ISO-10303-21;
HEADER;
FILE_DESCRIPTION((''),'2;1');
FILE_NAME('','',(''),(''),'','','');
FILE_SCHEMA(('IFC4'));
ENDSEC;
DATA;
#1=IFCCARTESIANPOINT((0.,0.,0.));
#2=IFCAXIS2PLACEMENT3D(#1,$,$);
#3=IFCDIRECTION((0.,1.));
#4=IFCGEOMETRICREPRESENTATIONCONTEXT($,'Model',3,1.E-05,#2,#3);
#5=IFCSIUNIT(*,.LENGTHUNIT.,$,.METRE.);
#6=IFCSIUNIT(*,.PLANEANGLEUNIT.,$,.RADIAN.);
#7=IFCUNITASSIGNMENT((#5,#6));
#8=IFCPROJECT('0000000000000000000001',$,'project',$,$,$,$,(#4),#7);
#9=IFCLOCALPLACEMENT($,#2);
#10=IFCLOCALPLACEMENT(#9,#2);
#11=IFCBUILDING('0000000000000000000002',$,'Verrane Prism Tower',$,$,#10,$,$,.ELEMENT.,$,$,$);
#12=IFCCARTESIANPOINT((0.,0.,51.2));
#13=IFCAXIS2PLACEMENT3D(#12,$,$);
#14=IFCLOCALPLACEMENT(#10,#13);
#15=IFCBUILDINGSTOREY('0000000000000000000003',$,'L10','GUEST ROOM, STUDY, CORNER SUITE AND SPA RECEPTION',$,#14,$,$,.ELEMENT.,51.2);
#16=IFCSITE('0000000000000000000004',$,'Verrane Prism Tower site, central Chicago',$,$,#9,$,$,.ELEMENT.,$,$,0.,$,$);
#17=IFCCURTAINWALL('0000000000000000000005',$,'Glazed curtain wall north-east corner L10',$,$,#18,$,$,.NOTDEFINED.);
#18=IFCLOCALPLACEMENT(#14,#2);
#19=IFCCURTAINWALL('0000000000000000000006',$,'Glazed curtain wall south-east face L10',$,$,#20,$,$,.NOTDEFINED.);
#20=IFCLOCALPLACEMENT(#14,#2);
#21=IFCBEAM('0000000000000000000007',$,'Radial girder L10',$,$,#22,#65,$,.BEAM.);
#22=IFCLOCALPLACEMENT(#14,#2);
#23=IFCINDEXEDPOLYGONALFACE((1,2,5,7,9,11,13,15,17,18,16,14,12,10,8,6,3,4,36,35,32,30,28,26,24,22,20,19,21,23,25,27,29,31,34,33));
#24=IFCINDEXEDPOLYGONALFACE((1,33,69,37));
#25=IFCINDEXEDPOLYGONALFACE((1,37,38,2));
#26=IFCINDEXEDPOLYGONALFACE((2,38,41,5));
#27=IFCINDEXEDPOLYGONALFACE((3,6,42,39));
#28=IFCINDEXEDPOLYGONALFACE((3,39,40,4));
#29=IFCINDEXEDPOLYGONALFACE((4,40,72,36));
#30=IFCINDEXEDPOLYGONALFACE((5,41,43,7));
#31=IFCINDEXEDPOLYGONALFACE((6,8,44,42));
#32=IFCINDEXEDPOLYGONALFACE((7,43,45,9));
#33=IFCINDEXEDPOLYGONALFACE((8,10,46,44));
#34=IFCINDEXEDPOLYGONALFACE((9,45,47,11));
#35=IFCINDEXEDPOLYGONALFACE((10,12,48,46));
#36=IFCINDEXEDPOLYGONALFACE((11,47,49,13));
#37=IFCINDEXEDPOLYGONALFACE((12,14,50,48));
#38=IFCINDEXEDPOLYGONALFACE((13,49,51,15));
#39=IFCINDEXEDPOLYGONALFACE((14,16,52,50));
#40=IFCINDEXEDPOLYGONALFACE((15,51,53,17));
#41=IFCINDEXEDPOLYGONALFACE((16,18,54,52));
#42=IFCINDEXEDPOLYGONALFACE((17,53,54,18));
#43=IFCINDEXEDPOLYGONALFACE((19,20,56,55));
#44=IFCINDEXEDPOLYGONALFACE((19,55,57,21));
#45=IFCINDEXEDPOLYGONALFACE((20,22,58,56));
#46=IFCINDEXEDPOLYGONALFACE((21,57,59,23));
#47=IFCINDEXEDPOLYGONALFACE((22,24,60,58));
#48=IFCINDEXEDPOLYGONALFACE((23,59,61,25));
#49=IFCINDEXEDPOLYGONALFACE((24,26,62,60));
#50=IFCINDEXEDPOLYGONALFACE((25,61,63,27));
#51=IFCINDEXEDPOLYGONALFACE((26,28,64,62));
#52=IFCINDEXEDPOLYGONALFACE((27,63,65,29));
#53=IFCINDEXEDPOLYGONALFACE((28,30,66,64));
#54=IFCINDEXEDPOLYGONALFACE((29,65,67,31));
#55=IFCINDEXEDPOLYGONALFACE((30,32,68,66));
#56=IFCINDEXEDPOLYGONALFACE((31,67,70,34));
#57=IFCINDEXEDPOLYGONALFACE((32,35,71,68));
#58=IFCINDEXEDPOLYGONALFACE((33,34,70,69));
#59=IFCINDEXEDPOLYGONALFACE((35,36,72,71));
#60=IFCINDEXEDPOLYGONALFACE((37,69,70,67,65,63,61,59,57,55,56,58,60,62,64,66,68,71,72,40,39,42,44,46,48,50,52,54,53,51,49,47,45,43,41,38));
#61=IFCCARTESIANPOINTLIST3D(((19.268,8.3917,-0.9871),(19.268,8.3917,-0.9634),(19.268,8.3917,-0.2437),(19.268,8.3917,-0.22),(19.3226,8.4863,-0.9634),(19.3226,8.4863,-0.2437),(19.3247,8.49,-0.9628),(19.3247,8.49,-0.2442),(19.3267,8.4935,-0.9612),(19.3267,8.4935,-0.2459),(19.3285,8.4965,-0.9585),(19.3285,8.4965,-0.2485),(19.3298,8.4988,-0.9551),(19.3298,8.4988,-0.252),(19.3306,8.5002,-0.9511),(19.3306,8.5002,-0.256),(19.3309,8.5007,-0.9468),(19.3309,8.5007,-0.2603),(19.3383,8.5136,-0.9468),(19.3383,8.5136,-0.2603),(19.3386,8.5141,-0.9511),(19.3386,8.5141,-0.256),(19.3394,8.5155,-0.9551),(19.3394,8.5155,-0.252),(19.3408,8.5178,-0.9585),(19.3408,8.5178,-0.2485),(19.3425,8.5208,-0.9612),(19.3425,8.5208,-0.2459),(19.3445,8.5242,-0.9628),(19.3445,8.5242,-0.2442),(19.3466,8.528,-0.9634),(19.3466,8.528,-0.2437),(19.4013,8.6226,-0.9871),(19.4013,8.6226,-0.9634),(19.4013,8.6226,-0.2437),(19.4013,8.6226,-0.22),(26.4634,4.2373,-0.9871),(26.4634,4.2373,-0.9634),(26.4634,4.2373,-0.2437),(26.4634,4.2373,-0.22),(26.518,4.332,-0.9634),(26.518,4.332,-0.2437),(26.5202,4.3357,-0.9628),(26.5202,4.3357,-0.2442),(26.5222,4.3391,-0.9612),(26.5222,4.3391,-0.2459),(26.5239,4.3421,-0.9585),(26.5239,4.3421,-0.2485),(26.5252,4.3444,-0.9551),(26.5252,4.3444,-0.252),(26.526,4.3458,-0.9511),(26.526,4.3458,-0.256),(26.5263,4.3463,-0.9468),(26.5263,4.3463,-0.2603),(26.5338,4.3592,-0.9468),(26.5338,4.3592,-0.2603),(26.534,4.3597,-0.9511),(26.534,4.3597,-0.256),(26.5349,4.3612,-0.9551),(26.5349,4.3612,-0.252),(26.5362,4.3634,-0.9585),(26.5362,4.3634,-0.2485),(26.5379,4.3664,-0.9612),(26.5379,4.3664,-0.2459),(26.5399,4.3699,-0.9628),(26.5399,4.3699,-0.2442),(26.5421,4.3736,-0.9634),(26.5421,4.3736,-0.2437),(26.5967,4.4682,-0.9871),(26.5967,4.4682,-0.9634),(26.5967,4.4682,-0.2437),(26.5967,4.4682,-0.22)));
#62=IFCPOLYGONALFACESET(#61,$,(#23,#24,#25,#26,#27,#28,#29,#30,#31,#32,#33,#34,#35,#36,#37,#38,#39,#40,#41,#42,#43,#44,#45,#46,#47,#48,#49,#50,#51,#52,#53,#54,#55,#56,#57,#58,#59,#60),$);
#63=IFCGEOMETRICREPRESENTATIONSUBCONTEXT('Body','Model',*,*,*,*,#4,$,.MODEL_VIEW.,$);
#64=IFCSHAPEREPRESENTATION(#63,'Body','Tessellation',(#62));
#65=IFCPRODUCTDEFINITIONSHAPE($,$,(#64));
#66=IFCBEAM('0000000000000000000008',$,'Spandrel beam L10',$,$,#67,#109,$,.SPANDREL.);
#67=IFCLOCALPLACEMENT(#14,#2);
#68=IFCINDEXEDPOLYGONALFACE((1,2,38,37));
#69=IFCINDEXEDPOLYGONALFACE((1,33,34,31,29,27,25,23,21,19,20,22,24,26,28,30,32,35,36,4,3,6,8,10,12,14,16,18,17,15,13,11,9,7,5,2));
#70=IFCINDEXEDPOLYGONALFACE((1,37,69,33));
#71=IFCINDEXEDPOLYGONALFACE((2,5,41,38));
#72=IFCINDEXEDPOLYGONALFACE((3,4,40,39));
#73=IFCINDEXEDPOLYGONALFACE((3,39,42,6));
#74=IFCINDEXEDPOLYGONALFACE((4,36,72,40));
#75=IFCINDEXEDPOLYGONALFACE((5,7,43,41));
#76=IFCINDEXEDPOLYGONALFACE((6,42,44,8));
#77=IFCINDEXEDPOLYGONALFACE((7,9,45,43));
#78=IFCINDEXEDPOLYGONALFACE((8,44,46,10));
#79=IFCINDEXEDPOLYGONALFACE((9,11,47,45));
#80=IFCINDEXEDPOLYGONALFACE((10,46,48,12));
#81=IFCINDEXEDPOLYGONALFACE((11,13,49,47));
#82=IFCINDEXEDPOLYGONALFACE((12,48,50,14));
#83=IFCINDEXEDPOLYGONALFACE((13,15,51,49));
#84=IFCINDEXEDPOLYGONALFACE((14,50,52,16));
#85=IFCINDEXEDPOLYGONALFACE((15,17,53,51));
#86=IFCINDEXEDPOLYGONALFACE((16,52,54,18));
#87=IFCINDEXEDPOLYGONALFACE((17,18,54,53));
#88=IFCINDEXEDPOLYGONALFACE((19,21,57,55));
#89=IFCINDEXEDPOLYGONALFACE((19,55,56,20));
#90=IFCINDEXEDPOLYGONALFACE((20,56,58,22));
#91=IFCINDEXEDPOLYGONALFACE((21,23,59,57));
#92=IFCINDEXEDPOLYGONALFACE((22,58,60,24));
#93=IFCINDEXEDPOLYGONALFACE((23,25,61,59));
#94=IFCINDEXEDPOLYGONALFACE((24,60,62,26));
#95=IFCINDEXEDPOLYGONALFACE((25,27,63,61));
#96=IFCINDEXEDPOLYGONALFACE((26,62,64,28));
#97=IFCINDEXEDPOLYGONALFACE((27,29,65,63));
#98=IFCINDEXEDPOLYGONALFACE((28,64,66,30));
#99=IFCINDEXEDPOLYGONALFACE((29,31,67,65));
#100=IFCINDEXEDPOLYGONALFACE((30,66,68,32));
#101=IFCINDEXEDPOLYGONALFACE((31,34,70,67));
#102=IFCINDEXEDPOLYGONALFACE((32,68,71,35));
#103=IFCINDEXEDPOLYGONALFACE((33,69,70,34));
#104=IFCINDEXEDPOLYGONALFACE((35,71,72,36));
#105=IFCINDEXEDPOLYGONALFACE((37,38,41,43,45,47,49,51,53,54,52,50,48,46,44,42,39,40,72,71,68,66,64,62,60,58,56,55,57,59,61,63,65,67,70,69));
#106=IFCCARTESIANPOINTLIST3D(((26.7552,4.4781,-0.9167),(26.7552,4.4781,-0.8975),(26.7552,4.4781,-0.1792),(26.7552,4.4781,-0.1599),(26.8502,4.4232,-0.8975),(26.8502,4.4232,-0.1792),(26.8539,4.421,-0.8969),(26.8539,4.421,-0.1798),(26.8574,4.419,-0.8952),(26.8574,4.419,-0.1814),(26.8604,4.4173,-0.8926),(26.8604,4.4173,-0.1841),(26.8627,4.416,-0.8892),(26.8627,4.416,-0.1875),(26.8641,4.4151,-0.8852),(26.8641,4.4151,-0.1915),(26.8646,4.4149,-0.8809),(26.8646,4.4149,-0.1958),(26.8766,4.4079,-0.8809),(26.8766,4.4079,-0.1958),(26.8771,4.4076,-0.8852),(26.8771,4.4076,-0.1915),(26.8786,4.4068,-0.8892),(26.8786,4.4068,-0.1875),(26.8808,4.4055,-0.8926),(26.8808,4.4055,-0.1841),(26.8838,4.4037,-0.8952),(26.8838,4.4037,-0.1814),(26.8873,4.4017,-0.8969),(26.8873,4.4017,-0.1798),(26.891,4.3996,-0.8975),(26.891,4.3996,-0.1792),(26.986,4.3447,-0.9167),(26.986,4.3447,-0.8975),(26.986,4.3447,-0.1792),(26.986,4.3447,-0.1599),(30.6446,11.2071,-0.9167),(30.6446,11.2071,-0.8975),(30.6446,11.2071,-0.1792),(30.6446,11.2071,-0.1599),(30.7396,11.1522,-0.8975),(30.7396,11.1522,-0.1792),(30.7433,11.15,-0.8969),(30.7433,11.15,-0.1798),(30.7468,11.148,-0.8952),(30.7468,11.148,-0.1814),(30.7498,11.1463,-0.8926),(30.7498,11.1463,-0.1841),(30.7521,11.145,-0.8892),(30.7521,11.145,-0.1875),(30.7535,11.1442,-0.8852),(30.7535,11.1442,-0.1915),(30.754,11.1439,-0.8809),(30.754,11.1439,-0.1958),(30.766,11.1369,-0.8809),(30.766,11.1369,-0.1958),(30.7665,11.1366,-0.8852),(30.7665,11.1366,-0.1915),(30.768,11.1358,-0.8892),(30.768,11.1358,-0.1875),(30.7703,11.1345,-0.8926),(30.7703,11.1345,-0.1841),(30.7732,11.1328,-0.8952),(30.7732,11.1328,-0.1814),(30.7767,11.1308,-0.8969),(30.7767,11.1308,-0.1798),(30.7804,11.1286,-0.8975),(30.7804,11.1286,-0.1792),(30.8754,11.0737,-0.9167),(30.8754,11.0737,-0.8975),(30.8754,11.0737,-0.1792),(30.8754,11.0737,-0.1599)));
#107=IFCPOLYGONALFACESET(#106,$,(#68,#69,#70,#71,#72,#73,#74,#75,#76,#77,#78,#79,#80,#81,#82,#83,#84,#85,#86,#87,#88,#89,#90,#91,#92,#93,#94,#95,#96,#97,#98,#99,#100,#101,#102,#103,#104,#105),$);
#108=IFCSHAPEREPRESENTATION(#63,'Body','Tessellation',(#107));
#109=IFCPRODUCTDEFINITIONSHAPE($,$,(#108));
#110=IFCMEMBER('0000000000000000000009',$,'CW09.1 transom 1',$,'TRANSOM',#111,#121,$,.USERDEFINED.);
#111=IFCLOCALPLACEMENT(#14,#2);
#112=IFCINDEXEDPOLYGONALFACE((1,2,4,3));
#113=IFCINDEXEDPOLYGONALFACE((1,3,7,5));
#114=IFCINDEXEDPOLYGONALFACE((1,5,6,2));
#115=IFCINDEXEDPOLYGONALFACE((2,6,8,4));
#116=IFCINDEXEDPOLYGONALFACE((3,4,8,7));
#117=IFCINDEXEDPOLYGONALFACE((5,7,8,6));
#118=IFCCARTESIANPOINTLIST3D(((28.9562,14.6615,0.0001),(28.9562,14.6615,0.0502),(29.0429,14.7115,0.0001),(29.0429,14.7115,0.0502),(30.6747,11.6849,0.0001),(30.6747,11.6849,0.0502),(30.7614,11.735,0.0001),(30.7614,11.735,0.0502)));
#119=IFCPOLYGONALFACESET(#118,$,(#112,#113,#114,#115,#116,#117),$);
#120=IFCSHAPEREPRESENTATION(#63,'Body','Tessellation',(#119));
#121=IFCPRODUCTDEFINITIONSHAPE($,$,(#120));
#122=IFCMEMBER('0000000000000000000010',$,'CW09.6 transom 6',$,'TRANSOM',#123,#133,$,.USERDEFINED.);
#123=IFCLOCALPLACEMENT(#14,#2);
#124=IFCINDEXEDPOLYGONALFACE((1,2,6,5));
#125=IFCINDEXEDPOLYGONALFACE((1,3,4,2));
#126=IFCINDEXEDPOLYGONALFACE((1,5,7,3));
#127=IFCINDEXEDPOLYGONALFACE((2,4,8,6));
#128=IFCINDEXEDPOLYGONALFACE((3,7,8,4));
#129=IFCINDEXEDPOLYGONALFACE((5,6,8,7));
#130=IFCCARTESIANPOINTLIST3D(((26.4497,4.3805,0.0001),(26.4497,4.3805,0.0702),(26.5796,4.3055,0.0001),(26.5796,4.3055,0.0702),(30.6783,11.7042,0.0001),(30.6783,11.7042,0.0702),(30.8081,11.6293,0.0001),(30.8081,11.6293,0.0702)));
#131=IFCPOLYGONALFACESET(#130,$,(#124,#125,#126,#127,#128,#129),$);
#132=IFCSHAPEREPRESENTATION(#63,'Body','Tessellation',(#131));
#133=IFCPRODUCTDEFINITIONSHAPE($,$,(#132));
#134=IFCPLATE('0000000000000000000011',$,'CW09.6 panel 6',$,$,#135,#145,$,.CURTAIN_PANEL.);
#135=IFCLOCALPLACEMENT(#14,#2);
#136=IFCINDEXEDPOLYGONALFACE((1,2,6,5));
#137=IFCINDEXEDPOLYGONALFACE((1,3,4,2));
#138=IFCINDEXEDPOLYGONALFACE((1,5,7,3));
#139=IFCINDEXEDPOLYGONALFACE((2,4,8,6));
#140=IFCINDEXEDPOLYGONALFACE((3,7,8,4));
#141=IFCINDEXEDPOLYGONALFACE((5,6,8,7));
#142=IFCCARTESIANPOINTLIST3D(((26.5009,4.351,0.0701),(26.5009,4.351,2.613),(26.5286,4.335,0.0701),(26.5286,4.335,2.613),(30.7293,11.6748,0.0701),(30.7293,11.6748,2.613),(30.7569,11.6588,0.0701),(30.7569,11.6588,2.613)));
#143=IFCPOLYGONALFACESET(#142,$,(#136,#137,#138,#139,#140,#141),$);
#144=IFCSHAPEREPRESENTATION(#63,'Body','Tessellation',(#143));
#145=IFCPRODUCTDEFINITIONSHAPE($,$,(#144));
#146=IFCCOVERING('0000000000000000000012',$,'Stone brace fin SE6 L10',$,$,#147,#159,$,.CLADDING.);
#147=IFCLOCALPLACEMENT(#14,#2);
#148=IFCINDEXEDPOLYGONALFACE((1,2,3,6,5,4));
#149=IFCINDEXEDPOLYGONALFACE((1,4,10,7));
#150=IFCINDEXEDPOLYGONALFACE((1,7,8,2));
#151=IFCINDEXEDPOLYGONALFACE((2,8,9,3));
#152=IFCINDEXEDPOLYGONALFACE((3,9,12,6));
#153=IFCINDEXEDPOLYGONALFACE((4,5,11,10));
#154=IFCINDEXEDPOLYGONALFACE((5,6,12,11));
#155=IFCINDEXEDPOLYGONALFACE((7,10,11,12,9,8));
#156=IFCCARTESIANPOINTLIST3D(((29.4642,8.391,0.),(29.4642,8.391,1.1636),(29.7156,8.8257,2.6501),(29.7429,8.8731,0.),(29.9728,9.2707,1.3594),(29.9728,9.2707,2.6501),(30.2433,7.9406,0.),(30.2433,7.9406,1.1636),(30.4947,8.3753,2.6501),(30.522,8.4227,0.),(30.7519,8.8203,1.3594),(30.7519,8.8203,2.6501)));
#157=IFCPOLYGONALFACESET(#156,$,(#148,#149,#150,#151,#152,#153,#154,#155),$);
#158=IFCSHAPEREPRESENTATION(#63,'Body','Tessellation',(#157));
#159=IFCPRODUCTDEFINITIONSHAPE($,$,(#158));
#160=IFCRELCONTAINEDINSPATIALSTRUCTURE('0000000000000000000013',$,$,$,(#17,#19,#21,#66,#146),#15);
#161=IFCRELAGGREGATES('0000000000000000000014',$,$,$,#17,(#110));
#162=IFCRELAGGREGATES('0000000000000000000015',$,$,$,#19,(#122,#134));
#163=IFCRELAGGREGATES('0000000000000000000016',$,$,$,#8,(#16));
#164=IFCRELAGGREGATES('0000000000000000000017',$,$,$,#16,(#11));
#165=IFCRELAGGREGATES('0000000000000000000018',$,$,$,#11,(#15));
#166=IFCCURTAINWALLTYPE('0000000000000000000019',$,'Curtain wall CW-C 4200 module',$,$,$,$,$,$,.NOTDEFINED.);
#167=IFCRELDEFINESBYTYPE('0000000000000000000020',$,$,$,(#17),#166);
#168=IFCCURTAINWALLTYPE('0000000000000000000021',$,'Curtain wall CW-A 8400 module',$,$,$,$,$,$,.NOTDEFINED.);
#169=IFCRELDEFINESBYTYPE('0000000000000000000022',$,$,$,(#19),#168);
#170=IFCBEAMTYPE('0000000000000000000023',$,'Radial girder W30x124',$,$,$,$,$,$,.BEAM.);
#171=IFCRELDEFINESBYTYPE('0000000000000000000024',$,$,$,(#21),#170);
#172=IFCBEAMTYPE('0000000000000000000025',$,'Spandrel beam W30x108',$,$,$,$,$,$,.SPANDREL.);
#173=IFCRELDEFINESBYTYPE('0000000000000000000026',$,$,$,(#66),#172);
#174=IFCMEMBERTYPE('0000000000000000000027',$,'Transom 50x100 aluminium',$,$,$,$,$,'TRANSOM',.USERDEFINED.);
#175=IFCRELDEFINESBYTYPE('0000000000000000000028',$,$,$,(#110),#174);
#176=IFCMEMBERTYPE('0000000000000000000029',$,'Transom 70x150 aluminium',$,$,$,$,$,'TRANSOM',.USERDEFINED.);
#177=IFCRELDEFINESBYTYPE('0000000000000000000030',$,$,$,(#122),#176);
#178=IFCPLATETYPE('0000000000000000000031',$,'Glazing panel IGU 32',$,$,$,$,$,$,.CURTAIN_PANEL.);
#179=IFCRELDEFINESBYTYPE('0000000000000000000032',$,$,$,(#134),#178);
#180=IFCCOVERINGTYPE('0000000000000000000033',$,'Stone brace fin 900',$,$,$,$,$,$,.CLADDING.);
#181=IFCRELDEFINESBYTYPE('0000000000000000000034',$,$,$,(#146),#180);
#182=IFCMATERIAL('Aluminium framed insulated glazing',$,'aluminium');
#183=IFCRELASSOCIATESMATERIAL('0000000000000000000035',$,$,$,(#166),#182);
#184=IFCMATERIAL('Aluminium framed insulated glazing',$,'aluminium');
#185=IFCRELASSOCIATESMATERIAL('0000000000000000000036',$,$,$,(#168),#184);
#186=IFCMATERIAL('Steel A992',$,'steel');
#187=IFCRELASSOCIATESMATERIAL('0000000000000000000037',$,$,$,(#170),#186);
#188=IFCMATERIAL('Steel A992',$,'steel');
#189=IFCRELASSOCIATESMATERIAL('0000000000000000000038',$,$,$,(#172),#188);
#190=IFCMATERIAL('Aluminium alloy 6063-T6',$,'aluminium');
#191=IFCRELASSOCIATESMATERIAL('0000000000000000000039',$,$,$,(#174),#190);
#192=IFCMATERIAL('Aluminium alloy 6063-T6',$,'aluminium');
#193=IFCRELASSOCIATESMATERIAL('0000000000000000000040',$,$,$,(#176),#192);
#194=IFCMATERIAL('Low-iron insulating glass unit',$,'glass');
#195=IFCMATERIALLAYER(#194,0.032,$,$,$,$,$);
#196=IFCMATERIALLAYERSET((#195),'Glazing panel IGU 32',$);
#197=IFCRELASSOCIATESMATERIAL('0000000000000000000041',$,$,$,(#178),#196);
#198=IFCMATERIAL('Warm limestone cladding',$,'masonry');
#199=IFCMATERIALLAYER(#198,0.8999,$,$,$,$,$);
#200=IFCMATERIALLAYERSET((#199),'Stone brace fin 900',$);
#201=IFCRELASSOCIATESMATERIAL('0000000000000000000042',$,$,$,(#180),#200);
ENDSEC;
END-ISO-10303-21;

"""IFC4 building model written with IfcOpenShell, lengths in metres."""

from ifc_helpers import new_model, si_unit, direction, frame, origin, origin_2d, place, context, subcontext, project, spatial, polyline, rectangle, i_section, outline, extrude, material, layer, layer_set, material_profile, profile_set, type_object, element, aggregate, save


model = new_model("IFC4")

# Units and contexts
model_context = context("Model", 3, precision=1e-05, world=origin(), true_north=direction((0.0, 1.0)))
body_context = subcontext(model_context, "Body", "Model", "MODEL_VIEW")
ifc_project = project(units=[si_unit("LENGTHUNIT", "METRE"), si_unit("PLANEANGLEUNIT", "RADIAN")], contexts=[model_context])

# Site, building, storey
site_placement = place(None, origin())
site = spatial("IfcSite", under=ifc_project, at=site_placement, Name="Verrane Prism Tower site, central Chicago", CompositionType="ELEMENT", RefElevation=0.0)
building_placement = place(site_placement, origin())
building = spatial("IfcBuilding", under=site, at=building_placement, Name="Verrane Prism Tower", CompositionType="ELEMENT")
storey_placement = place(building_placement, frame((0.0, 0.0, 51.2)))
storey = spatial("IfcBuildingStorey", under=building, at=storey_placement, Name="L10", Description="GUEST ROOM, STUDY, CORNER SUITE AND SPA RECEPTION", CompositionType="ELEMENT", Elevation=51.2)

# Curtain walls
ifc_material_1 = material(Name="Aluminium framed insulated glazing", Category="aluminium")
curtain_wall_type_1 = type_object("IfcCurtainWallType", Name="Curtain wall CW-C 4200 module", PredefinedType="NOTDEFINED", material=ifc_material_1)
curtain_wall_1_placement = place(storey_placement, origin())
curtain_wall_1 = element("IfcCurtainWall", 1, at=curtain_wall_1_placement, inside=storey, type_object=curtain_wall_type_1, Name="Glazed curtain wall north-east corner L10", PredefinedType="NOTDEFINED")
ifc_material_2 = material(Name="Aluminium framed insulated glazing", Category="aluminium")
curtain_wall_type_2 = type_object("IfcCurtainWallType", Name="Curtain wall CW-A 8400 module", PredefinedType="NOTDEFINED", material=ifc_material_2)
curtain_wall_2_placement = place(storey_placement, origin())
curtain_wall_2 = element("IfcCurtainWall", 2, at=curtain_wall_2_placement, inside=storey, type_object=curtain_wall_type_2, Name="Glazed curtain wall south-east face L10", PredefinedType="NOTDEFINED")

# Beams
ifc_material_3 = material(Name="Steel A992", Category="steel")
ifc_material_profile_1 = material_profile(ifc_material_3, i_section(OverallWidth=0.2666, OverallDepth=0.7671, WebThickness=0.0149, FlangeThickness=0.0237, FilletRadius=0.0166, at=origin_2d()), Name="W30x124")
ifc_profile_set_1 = profile_set([ifc_material_profile_1], Name="Steel A992")
beam_type_1 = type_object("IfcBeamType", Name="Radial girder W30x124", PredefinedType="BEAM", material=ifc_profile_set_1)
beam_1_placement = place(storey_placement, frame((26.53, 4.3528, -0.6035), z_axis=(-0.866021, 0.500007, 0.0), x_axis=(-0.500007, -0.866021, 0.0)))
element("IfcBeam", 3, at=beam_1_placement, inside=storey, type_object=beam_type_1, Name="Radial girder L10", PredefinedType="BEAM", context=body_context, shape_type="SweptSolid", body=[
    extrude(i_section(OverallWidth=0.2666, OverallDepth=0.7671, WebThickness=0.0149, FlangeThickness=0.0237, FilletRadius=0.0166, at=origin_2d()), origin(), (0.0, 0.0, 1.0), 8.3086),
])
ifc_material_4 = material(Name="Steel A992", Category="steel")
ifc_material_profile_2 = material_profile(ifc_material_4, i_section(OverallWidth=0.2666, OverallDepth=0.7568, WebThickness=0.0139, FlangeThickness=0.0193, FilletRadius=0.0166, at=origin_2d()), Name="W30x108")
ifc_profile_set_2 = profile_set([ifc_material_profile_2], Name="Steel A992")
beam_type_2 = type_object("IfcBeamType", Name="Spandrel beam W30x108", PredefinedType="SPANDREL", material=ifc_profile_set_2)
beam_2_placement = place(storey_placement, frame((26.8706, 4.4114, -0.5383), z_axis=(0.500426, 0.865779, 0.0), x_axis=(-0.865779, 0.500426, 0.0)))
element("IfcBeam", 4, at=beam_2_placement, inside=storey, type_object=beam_type_2, Name="Spandrel beam L10", PredefinedType="SPANDREL", context=body_context, shape_type="SweptSolid", body=[
    extrude(i_section(OverallWidth=0.2666, OverallDepth=0.7568, WebThickness=0.0139, FlangeThickness=0.0193, FilletRadius=0.0166, at=origin_2d()), origin(), (0.0, 0.0, 1.0), 7.7722),
])

# Members
ifc_material_5 = material(Name="Aluminium alloy 6063-T6", Category="aluminium")
ifc_material_profile_3 = material_profile(ifc_material_5, rectangle(XDim=0.1001, YDim=0.05, at=origin_2d()), Name="Transom 50x100 aluminium")
ifc_profile_set_3 = profile_set([ifc_material_profile_3], Name="Aluminium alloy 6063-T6")
member_type_1 = type_object("IfcMemberType", Name="Transom 50x100 aluminium", ElementType="TRANSOM", PredefinedType="USERDEFINED", material=ifc_profile_set_3)
member_1_placement = place(storey_placement, frame((30.718, 11.71, 0.0251), z_axis=(-0.499997, 0.866027, 0.0), x_axis=(-0.866027, -0.499997, 0.0)))
member_1 = element("IfcMember", 5, at=member_1_placement, type_object=member_type_1, Name="CW09.1 transom 1", ObjectType="TRANSOM", PredefinedType="USERDEFINED", context=body_context, shape_type="SweptSolid", body=[
    extrude(rectangle(XDim=0.1001, YDim=0.05, at=origin_2d()), origin(), (0.0, 0.0, 1.0), 3.437),
])
aggregate(curtain_wall_1, [member_1])
ifc_material_6 = material(Name="Aluminium alloy 6063-T6", Category="aluminium")
ifc_material_profile_4 = material_profile(ifc_material_6, rectangle(XDim=0.1499, YDim=0.0701, at=origin_2d()), Name="Transom 70x150 aluminium")
ifc_profile_set_4 = profile_set([ifc_material_profile_4], Name="Aluminium alloy 6063-T6")
member_type_2 = type_object("IfcMemberType", Name="Transom 70x150 aluminium", ElementType="TRANSOM", PredefinedType="USERDEFINED", material=ifc_profile_set_4)
member_2_placement = place(storey_placement, frame((26.5146, 4.343, 0.0352), z_axis=(0.500014, 0.866017, 0.0), x_axis=(-0.866017, 0.500014, 0.0)))
member_2 = element("IfcMember", 6, at=member_2_placement, type_object=member_type_2, Name="CW09.6 transom 6", ObjectType="TRANSOM", PredefinedType="USERDEFINED", context=body_context, shape_type="SweptSolid", body=[
    extrude(rectangle(XDim=0.1499, YDim=0.0701, at=origin_2d()), origin(), (0.0, 0.0, 1.0), 8.4568),
])

# Plate
ifc_material_7 = material(Name="Low-iron insulating glass unit", Category="glass")
ifc_layer_1 = layer(ifc_material_7, 0.032)
ifc_layer_set_1 = layer_set([ifc_layer_1], Name="Glazing panel IGU 32")
plate_type = type_object("IfcPlateType", Name="Glazing panel IGU 32", PredefinedType="CURTAIN_PANEL", material=ifc_layer_set_1)
plate_placement = place(storey_placement, frame((28.6289, 8.0049, 0.0701), z_axis=(0.0, 0.0, 1.0), x_axis=(0.499999, 0.866026, 0.0)))
plate = element("IfcPlate", 7, at=plate_placement, type_object=plate_type, Name="CW09.6 panel 6", PredefinedType="CURTAIN_PANEL", context=body_context, shape_type="SweptSolid", body=[
    extrude(rectangle(XDim=8.4568, YDim=0.032, at=origin_2d()), origin(), (0.0, 0.0, 1.0), 2.543),
])
aggregate(curtain_wall_2, [member_2, plate])

# Covering
ifc_material_8 = material(Name="Warm limestone cladding", Category="masonry")
ifc_layer_2 = layer(ifc_material_8, 0.8999)
ifc_layer_set_2 = layer_set([ifc_layer_2], Name="Stone brace fin 900")
covering_type = type_object("IfcCoveringType", Name="Stone brace fin 900", PredefinedType="CLADDING", material=ifc_layer_set_2)
covering_placement = place(storey_placement, frame((29.8538, 8.1658, 0.0), z_axis=(0.0, 0.0, 1.0), x_axis=(0.500506, 0.865733, 0.0)))
element("IfcCovering", 8, at=covering_placement, inside=storey, type_object=covering_type, Name="Stone brace fin SE6 L10", PredefinedType="CLADDING", context=body_context, shape_type="SweptSolid", body=[
    extrude(outline(polyline([(1.0161, 2.6501), (0.5022, 2.6501), (0.0, 1.1636), (0.0, 0.0), (0.5569, 0.0), (1.0161, 1.3594), (1.0161, 2.6501)])), frame((0.0, 0.45, 0.0), z_axis=(0.0, -1.0, 0.0), x_axis=(1.0, 0.0, 0.0)), (0.0, 0.0, 1.0), 0.8999),
])

save(model, "model.ifc")
